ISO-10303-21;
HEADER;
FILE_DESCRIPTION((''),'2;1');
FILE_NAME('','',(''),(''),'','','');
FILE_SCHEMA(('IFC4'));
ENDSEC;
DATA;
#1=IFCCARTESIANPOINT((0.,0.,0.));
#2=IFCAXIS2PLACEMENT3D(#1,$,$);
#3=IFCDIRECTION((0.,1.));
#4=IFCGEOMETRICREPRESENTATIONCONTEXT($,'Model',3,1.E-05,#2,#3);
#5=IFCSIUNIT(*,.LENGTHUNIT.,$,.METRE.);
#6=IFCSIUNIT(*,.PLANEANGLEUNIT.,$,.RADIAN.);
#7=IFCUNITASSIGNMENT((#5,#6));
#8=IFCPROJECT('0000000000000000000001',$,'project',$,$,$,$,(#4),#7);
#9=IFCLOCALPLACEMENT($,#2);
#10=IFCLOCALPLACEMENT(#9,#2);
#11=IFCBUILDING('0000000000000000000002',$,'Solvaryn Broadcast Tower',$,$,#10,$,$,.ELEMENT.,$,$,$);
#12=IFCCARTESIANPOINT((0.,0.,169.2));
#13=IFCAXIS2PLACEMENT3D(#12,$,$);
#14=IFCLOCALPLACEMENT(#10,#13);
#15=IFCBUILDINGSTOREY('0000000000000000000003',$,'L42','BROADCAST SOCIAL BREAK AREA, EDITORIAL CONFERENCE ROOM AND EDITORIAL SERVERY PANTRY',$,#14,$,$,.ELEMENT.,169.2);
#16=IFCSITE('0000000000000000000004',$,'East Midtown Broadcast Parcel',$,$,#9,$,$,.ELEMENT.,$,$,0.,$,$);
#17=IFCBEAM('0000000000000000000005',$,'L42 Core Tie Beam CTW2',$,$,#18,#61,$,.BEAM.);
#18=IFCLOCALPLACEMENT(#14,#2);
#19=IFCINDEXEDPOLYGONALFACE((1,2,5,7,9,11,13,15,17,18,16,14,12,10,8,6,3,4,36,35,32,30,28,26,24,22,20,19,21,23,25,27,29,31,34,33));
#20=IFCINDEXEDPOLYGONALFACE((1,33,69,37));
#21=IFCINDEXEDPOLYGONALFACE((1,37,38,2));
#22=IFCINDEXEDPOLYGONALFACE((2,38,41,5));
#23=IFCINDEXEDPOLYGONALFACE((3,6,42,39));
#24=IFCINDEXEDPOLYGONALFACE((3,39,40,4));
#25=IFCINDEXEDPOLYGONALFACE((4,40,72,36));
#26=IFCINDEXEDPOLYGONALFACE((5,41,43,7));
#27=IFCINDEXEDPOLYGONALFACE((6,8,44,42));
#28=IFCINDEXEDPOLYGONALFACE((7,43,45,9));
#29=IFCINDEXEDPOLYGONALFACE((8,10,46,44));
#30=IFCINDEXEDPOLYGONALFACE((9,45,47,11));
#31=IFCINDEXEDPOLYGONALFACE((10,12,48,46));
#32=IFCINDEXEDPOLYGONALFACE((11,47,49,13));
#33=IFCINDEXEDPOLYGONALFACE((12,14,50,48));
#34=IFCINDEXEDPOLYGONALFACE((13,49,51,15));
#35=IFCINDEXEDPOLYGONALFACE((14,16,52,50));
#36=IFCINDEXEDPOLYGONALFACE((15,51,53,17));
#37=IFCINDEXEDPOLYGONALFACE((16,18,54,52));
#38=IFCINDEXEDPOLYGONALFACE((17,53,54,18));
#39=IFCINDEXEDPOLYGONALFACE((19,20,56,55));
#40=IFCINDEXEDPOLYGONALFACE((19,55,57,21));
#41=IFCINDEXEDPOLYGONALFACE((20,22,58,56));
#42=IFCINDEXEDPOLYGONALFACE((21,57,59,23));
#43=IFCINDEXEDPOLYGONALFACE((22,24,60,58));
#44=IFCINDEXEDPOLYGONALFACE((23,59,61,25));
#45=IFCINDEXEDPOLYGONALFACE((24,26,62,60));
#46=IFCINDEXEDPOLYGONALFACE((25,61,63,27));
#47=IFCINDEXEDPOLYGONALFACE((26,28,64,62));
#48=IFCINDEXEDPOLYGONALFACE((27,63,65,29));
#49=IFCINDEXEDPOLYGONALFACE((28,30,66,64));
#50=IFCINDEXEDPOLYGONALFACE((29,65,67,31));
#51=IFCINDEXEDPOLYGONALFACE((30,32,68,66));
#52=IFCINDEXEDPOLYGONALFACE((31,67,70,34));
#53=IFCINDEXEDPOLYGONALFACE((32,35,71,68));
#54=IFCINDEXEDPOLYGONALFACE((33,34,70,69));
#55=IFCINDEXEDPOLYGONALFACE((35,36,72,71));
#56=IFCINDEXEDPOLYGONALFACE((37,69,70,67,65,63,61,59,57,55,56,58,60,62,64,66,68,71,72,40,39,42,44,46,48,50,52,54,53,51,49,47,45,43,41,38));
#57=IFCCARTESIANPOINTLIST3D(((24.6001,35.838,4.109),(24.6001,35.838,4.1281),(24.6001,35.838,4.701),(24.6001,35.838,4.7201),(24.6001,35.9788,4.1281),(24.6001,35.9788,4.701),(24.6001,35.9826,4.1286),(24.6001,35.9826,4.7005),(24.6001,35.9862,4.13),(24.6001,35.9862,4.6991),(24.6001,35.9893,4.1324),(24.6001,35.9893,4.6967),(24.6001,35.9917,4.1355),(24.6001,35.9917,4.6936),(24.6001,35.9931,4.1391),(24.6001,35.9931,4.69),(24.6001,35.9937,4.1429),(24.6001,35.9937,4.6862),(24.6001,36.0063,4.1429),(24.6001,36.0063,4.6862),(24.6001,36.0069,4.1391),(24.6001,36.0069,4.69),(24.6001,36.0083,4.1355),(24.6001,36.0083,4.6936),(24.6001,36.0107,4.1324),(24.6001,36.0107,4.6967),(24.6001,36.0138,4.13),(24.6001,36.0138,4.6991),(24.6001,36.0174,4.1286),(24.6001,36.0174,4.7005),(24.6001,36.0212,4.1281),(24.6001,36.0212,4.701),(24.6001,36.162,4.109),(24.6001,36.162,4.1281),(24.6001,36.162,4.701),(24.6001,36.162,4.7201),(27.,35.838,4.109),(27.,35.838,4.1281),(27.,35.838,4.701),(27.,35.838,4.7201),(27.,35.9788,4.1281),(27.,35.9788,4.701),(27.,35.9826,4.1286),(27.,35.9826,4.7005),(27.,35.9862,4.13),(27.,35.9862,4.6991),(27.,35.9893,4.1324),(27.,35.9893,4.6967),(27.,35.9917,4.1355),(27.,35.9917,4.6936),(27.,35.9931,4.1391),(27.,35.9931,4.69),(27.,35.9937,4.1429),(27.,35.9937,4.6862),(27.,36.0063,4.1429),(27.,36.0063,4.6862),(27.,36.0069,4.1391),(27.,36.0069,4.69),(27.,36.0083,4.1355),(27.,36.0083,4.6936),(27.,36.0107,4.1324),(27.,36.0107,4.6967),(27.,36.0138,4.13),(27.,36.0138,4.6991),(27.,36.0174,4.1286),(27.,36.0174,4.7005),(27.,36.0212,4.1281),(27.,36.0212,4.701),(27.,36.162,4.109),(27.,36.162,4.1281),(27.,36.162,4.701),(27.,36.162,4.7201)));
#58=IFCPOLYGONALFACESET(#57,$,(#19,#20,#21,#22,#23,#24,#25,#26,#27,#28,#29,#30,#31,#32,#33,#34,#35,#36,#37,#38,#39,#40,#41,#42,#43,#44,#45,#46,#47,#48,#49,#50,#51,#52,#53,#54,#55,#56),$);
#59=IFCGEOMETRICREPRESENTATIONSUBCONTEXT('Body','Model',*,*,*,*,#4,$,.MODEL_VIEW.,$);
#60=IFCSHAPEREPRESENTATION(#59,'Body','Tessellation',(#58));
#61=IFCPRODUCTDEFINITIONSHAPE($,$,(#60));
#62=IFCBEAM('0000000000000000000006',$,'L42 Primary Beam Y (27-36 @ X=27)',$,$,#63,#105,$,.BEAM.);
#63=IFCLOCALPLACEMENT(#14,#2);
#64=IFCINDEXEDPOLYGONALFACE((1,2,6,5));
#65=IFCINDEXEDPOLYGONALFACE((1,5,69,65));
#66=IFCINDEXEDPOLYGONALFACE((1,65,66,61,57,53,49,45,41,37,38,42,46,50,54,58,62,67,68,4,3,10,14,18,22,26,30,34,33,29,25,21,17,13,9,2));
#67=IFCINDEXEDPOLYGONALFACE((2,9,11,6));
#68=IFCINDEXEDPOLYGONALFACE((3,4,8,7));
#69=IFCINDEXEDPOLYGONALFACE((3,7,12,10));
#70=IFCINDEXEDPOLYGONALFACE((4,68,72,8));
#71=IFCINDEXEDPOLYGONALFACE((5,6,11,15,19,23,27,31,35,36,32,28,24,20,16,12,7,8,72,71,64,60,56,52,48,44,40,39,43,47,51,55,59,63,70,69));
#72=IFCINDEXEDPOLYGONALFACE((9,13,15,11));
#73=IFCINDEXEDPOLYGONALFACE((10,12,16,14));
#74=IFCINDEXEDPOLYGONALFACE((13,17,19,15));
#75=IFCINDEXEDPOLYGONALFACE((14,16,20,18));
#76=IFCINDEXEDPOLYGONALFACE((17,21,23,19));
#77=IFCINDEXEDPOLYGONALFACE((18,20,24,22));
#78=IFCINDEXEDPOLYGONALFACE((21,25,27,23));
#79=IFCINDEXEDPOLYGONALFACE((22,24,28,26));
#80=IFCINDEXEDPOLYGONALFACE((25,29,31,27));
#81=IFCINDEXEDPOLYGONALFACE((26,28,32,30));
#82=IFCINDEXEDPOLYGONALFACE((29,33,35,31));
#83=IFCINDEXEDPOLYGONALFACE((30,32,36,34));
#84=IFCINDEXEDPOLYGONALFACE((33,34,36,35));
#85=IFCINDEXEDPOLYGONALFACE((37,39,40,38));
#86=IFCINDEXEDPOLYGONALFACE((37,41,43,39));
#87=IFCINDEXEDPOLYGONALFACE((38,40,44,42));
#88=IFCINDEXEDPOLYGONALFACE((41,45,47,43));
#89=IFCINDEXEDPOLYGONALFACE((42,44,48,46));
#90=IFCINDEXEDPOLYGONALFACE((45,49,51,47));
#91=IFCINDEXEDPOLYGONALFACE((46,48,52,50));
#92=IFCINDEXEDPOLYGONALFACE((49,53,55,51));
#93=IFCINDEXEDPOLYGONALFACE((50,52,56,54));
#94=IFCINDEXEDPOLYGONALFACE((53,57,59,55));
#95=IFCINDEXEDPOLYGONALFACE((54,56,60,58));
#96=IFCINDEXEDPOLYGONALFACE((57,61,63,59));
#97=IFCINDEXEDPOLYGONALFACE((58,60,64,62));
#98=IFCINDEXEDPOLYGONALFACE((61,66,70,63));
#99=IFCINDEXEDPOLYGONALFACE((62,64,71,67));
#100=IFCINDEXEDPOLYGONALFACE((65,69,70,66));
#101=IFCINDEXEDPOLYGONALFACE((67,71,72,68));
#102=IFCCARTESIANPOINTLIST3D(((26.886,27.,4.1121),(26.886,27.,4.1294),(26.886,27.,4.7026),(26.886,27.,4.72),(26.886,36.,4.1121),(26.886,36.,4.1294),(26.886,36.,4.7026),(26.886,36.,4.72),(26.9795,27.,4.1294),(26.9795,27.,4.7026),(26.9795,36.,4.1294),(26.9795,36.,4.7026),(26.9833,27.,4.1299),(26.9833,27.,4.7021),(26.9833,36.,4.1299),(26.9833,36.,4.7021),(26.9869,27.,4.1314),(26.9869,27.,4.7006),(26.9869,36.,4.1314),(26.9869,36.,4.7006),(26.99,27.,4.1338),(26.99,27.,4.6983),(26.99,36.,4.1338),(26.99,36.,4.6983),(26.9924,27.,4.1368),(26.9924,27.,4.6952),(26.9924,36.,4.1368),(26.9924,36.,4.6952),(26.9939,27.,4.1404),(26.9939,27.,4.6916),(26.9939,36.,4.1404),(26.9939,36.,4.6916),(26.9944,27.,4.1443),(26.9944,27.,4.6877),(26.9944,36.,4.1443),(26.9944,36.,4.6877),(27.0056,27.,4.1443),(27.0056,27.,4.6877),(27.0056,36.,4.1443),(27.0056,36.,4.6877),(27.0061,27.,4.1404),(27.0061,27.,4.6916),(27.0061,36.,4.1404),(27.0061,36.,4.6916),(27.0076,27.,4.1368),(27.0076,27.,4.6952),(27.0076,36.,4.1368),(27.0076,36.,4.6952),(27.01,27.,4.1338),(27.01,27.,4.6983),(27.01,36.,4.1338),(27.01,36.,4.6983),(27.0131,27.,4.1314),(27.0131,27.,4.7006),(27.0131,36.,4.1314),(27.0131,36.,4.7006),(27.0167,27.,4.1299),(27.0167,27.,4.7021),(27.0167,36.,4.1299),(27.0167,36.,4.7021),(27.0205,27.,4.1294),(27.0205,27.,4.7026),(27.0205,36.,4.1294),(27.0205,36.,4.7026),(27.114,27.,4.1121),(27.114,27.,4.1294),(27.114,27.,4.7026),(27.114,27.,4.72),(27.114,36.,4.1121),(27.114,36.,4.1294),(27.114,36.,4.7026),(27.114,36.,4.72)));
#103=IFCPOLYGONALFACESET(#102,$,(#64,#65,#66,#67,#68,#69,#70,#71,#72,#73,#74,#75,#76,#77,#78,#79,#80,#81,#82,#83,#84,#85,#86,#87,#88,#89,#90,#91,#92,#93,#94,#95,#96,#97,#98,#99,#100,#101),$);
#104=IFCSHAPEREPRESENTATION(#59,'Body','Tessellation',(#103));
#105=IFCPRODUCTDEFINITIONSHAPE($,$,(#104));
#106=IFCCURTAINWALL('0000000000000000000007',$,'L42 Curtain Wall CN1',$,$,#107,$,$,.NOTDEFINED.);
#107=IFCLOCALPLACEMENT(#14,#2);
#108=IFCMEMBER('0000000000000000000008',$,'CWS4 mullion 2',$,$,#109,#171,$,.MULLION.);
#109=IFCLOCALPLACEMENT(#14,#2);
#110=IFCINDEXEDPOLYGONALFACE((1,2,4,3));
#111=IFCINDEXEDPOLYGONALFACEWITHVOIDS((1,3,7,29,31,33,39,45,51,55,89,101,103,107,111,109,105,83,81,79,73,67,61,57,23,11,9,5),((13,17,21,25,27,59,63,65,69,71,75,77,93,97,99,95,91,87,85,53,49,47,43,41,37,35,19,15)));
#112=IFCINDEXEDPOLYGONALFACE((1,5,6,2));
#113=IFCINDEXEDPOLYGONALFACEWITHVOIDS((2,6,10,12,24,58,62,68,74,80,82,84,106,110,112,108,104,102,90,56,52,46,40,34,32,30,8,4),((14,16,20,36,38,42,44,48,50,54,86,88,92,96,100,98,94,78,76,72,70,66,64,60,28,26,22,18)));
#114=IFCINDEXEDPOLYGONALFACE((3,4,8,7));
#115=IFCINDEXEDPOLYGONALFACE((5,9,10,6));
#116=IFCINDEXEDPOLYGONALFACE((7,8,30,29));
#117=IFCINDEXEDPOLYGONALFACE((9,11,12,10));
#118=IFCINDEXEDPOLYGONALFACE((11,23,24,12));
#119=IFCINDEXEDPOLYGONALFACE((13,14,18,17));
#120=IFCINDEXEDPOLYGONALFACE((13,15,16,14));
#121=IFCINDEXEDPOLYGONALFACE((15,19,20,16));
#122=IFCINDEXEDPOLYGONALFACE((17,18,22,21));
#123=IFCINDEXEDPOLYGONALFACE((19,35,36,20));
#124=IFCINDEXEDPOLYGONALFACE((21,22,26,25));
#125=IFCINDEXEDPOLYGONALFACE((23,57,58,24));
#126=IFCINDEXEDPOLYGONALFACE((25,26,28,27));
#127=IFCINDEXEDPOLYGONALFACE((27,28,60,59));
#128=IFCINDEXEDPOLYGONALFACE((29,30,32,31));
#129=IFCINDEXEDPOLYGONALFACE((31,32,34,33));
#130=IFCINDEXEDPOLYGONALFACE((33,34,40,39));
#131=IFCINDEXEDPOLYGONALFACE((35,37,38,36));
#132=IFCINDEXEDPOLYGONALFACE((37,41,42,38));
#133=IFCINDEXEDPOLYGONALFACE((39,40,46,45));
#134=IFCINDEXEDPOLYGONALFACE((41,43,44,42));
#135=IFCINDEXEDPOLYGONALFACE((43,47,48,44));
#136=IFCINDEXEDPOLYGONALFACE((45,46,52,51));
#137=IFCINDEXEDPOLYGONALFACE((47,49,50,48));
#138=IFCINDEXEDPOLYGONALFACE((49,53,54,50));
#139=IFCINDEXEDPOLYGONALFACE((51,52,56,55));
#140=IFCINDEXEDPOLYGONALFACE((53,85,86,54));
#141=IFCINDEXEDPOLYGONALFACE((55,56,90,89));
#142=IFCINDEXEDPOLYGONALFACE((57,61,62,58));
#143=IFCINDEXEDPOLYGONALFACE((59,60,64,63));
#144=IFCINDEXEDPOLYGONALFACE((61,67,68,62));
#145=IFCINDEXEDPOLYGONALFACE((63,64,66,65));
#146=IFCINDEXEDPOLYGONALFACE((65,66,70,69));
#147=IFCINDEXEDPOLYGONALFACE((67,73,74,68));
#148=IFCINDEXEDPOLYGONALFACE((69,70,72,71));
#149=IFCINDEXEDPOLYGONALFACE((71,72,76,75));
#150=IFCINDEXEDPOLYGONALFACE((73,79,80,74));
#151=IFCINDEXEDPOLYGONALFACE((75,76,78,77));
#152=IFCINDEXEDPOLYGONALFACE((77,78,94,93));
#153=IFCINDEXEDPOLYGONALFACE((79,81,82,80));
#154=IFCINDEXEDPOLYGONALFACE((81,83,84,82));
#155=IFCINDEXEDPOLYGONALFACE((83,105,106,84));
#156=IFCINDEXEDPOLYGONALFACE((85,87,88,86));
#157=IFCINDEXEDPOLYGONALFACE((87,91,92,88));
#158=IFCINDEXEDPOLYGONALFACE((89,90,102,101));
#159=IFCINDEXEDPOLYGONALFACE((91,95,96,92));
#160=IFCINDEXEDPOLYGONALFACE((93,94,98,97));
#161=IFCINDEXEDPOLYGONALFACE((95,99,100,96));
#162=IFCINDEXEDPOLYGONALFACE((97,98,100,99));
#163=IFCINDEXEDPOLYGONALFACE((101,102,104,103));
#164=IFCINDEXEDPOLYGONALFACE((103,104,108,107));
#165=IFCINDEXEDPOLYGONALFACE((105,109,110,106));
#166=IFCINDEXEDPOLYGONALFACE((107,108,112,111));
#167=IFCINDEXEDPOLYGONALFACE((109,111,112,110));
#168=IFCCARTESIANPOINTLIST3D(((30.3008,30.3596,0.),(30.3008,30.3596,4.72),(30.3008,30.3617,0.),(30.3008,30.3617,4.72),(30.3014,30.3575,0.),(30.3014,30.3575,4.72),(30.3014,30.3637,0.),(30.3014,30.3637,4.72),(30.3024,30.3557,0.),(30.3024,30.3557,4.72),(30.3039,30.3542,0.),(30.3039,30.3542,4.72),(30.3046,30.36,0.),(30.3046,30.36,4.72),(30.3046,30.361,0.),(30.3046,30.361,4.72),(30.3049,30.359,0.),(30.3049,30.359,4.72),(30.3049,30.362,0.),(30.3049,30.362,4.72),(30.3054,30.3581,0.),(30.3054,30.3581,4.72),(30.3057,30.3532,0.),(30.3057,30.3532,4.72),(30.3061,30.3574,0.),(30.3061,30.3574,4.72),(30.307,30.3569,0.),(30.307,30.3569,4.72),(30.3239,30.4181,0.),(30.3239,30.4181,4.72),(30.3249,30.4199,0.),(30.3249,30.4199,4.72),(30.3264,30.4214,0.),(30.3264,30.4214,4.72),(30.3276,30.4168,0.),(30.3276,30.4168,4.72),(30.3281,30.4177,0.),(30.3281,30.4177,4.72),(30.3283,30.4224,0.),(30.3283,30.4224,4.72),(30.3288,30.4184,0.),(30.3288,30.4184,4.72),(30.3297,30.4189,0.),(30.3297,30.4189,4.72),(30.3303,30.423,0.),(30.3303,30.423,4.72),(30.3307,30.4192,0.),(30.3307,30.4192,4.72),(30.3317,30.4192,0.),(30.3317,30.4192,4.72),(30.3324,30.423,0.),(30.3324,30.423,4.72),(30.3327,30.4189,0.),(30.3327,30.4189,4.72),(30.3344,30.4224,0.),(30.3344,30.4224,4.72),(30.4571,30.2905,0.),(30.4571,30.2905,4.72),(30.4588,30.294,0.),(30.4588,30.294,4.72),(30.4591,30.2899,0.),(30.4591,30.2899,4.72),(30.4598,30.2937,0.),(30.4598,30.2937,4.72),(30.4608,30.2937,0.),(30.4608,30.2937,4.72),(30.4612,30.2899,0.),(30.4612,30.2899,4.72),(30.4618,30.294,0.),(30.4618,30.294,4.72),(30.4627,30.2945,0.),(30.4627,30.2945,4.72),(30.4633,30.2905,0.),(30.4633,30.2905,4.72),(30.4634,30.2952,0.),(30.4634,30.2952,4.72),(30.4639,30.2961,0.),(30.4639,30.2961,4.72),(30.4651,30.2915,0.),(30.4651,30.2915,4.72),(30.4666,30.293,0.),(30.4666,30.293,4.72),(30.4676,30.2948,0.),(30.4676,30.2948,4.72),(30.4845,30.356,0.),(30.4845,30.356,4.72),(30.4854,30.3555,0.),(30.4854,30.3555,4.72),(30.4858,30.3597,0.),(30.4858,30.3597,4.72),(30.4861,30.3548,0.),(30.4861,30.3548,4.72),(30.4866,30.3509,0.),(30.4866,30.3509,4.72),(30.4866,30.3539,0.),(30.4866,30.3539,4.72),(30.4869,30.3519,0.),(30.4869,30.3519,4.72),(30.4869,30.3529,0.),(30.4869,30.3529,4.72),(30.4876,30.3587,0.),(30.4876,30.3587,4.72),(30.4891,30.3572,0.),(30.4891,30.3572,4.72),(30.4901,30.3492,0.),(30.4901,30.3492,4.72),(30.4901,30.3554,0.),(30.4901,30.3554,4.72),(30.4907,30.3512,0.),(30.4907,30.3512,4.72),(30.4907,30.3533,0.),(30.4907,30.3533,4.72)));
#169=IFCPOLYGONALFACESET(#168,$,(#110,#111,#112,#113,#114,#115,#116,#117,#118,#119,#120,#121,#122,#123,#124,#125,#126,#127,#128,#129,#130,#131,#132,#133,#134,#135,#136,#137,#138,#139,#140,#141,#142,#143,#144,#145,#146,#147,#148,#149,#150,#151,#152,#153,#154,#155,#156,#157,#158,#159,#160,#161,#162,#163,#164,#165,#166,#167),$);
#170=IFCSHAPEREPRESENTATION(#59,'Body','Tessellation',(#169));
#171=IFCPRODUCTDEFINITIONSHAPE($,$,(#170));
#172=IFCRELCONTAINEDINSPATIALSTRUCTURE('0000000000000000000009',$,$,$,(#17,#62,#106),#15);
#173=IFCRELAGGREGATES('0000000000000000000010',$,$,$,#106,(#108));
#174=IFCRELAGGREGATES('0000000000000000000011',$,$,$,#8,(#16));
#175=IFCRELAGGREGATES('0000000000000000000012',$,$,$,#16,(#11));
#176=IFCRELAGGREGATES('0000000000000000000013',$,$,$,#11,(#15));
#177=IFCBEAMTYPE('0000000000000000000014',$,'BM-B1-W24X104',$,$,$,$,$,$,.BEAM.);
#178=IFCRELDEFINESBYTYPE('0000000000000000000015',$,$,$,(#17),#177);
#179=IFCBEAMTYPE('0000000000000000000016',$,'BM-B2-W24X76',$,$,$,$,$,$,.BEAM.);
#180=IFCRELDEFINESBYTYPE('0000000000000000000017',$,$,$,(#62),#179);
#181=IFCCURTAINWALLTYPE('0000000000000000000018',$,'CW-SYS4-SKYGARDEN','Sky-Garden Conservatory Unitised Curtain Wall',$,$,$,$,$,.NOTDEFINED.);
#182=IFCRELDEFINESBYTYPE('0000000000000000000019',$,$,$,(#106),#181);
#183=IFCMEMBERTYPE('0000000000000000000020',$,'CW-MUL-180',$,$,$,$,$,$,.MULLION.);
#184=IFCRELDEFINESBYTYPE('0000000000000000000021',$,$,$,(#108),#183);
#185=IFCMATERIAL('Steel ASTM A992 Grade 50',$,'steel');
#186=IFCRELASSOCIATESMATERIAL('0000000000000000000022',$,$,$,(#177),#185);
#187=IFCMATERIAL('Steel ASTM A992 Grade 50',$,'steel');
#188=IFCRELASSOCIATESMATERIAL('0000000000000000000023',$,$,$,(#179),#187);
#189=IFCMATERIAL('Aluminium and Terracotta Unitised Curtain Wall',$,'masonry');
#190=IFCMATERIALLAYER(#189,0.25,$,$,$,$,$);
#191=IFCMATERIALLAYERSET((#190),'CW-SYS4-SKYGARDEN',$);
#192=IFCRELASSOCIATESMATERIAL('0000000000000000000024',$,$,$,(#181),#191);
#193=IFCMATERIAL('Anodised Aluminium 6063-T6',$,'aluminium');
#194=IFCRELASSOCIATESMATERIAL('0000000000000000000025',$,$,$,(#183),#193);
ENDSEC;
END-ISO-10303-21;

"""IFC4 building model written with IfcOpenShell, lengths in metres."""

from ifc_helpers import new_model, si_unit, direction, frame, origin, origin_2d, place, context, subcontext, project, spatial, hollow_rectangle, i_section, extrude, material, layer, layer_set, material_profile, profile_set, type_object, element, aggregate, save


model = new_model("IFC4")

# Units and contexts
model_context = context("Model", 3, precision=1e-05, world=origin(), true_north=direction((0.0, 1.0)))
body_context = subcontext(model_context, "Body", "Model", "MODEL_VIEW")
ifc_project = project(units=[si_unit("LENGTHUNIT", "METRE"), si_unit("PLANEANGLEUNIT", "RADIAN")], contexts=[model_context])

# Site, building, storey
site_placement = place(None, origin())
site = spatial("IfcSite", under=ifc_project, at=site_placement, Name="East Midtown Broadcast Parcel", CompositionType="ELEMENT", RefElevation=0.0)
building_placement = place(site_placement, origin())
building = spatial("IfcBuilding", under=site, at=building_placement, Name="Solvaryn Broadcast Tower", CompositionType="ELEMENT")
storey_placement = place(building_placement, frame((0.0, 0.0, 169.2)))
storey = spatial("IfcBuildingStorey", under=building, at=storey_placement, Name="L42", Description="BROADCAST SOCIAL BREAK AREA, EDITORIAL CONFERENCE ROOM AND EDITORIAL SERVERY PANTRY", CompositionType="ELEMENT", Elevation=169.2)

# Beams
ifc_material_1 = material(Name="Steel ASTM A992 Grade 50", Category="steel")
ifc_material_profile_1 = material_profile(ifc_material_1, i_section(OverallWidth=0.324, OverallDepth=0.6111, WebThickness=0.0127, FlangeThickness=0.019, FilletRadius=0.0149, at=origin_2d()))
ifc_profile_set_1 = profile_set([ifc_material_profile_1], Name="Steel ASTM A992 Grade 50")
beam_type_1 = type_object("IfcBeamType", Name="BM-B1-W24X104", PredefinedType="BEAM", material=ifc_profile_set_1)
beam_1_placement = place(storey_placement, frame((24.6001, 36.0, 4.4146), z_axis=(1.0, 0.0, 0.0), x_axis=(0.0, 1.0, 0.0)))
element("IfcBeam", 1, at=beam_1_placement, inside=storey, type_object=beam_type_1, Name="L42 Core Tie Beam CTW2", PredefinedType="BEAM", context=body_context, shape_type="SweptSolid", body=[
    extrude(i_section(OverallWidth=0.324, OverallDepth=0.6111, WebThickness=0.0127, FlangeThickness=0.019, FilletRadius=0.0149, at=origin_2d()), origin(), (0.0, 0.0, 1.0), 2.3999),
])
ifc_material_2 = material(Name="Steel ASTM A992 Grade 50", Category="steel")
ifc_material_profile_2 = material_profile(ifc_material_2, i_section(OverallWidth=0.228, OverallDepth=0.6079, WebThickness=0.0112, FlangeThickness=0.0173, FilletRadius=0.0149, at=origin_2d()))
ifc_profile_set_2 = profile_set([ifc_material_profile_2], Name="Steel ASTM A992 Grade 50")
beam_type_2 = type_object("IfcBeamType", Name="BM-B2-W24X76", PredefinedType="BEAM", material=ifc_profile_set_2)
beam_2_placement = place(storey_placement, frame((27.0, 27.0, 4.416), z_axis=(0.0, 1.0, 0.0), x_axis=(-1.0, 0.0, 0.0)))
element("IfcBeam", 2, at=beam_2_placement, inside=storey, type_object=beam_type_2, Name="L42 Primary Beam Y (27-36 @ X=27)", PredefinedType="BEAM", context=body_context, shape_type="SweptSolid", body=[
    extrude(i_section(OverallWidth=0.228, OverallDepth=0.6079, WebThickness=0.0112, FlangeThickness=0.0173, FilletRadius=0.0149, at=origin_2d()), origin(), (0.0, 0.0, 1.0), 9.0),
])

# Curtain wall, member
ifc_material_3 = material(Name="Aluminium and Terracotta Unitised Curtain Wall", Category="masonry")
ifc_layer_1 = layer(ifc_material_3, 0.25)
ifc_layer_set_1 = layer_set([ifc_layer_1], Name="CW-SYS4-SKYGARDEN")
curtain_wall_type = type_object("IfcCurtainWallType", Name="CW-SYS4-SKYGARDEN", Description="Sky-Garden Conservatory Unitised Curtain Wall", PredefinedType="NOTDEFINED", material=ifc_layer_set_1)
curtain_wall_1_placement = place(storey_placement, origin())
curtain_wall_1 = element("IfcCurtainWall", 3, at=curtain_wall_1_placement, inside=storey, type_object=curtain_wall_type, Name="L42 Curtain Wall CN1", PredefinedType="NOTDEFINED")
ifc_material_4 = material(Name="Anodised Aluminium 6063-T6", Category="aluminium")
ifc_material_profile_3 = material_profile(ifc_material_4, hollow_rectangle(XDim=0.075, YDim=0.1799, WallThickness=0.0039, InnerFilletRadius=0.0039, OuterFilletRadius=0.0081, at=origin_2d()))
ifc_profile_set_3 = profile_set([ifc_material_profile_3], Name="Anodised Aluminium 6063-T6")
member_type_1 = type_object("IfcMemberType", Name="CW-MUL-180", PredefinedType="MULLION", material=ifc_profile_set_3)
member_1_placement = place(storey_placement, frame((30.3958, 30.3564, 0.0), z_axis=(0.0, 0.0, 1.0), x_axis=(-0.382646, -0.923895, 0.0)))
member_1 = element("IfcMember", 4, at=member_1_placement, type_object=member_type_1, Name="CWS4 mullion 2", PredefinedType="MULLION", context=body_context, shape_type="SweptSolid", body=[
    extrude(hollow_rectangle(XDim=0.075, YDim=0.1799, WallThickness=0.0039, InnerFilletRadius=0.0039, OuterFilletRadius=0.0081, at=origin_2d()), origin(), (0.0, 0.0, 1.0), 4.72),
])
aggregate(curtain_wall_1, [member_1])

save(model, "model.ifc")
